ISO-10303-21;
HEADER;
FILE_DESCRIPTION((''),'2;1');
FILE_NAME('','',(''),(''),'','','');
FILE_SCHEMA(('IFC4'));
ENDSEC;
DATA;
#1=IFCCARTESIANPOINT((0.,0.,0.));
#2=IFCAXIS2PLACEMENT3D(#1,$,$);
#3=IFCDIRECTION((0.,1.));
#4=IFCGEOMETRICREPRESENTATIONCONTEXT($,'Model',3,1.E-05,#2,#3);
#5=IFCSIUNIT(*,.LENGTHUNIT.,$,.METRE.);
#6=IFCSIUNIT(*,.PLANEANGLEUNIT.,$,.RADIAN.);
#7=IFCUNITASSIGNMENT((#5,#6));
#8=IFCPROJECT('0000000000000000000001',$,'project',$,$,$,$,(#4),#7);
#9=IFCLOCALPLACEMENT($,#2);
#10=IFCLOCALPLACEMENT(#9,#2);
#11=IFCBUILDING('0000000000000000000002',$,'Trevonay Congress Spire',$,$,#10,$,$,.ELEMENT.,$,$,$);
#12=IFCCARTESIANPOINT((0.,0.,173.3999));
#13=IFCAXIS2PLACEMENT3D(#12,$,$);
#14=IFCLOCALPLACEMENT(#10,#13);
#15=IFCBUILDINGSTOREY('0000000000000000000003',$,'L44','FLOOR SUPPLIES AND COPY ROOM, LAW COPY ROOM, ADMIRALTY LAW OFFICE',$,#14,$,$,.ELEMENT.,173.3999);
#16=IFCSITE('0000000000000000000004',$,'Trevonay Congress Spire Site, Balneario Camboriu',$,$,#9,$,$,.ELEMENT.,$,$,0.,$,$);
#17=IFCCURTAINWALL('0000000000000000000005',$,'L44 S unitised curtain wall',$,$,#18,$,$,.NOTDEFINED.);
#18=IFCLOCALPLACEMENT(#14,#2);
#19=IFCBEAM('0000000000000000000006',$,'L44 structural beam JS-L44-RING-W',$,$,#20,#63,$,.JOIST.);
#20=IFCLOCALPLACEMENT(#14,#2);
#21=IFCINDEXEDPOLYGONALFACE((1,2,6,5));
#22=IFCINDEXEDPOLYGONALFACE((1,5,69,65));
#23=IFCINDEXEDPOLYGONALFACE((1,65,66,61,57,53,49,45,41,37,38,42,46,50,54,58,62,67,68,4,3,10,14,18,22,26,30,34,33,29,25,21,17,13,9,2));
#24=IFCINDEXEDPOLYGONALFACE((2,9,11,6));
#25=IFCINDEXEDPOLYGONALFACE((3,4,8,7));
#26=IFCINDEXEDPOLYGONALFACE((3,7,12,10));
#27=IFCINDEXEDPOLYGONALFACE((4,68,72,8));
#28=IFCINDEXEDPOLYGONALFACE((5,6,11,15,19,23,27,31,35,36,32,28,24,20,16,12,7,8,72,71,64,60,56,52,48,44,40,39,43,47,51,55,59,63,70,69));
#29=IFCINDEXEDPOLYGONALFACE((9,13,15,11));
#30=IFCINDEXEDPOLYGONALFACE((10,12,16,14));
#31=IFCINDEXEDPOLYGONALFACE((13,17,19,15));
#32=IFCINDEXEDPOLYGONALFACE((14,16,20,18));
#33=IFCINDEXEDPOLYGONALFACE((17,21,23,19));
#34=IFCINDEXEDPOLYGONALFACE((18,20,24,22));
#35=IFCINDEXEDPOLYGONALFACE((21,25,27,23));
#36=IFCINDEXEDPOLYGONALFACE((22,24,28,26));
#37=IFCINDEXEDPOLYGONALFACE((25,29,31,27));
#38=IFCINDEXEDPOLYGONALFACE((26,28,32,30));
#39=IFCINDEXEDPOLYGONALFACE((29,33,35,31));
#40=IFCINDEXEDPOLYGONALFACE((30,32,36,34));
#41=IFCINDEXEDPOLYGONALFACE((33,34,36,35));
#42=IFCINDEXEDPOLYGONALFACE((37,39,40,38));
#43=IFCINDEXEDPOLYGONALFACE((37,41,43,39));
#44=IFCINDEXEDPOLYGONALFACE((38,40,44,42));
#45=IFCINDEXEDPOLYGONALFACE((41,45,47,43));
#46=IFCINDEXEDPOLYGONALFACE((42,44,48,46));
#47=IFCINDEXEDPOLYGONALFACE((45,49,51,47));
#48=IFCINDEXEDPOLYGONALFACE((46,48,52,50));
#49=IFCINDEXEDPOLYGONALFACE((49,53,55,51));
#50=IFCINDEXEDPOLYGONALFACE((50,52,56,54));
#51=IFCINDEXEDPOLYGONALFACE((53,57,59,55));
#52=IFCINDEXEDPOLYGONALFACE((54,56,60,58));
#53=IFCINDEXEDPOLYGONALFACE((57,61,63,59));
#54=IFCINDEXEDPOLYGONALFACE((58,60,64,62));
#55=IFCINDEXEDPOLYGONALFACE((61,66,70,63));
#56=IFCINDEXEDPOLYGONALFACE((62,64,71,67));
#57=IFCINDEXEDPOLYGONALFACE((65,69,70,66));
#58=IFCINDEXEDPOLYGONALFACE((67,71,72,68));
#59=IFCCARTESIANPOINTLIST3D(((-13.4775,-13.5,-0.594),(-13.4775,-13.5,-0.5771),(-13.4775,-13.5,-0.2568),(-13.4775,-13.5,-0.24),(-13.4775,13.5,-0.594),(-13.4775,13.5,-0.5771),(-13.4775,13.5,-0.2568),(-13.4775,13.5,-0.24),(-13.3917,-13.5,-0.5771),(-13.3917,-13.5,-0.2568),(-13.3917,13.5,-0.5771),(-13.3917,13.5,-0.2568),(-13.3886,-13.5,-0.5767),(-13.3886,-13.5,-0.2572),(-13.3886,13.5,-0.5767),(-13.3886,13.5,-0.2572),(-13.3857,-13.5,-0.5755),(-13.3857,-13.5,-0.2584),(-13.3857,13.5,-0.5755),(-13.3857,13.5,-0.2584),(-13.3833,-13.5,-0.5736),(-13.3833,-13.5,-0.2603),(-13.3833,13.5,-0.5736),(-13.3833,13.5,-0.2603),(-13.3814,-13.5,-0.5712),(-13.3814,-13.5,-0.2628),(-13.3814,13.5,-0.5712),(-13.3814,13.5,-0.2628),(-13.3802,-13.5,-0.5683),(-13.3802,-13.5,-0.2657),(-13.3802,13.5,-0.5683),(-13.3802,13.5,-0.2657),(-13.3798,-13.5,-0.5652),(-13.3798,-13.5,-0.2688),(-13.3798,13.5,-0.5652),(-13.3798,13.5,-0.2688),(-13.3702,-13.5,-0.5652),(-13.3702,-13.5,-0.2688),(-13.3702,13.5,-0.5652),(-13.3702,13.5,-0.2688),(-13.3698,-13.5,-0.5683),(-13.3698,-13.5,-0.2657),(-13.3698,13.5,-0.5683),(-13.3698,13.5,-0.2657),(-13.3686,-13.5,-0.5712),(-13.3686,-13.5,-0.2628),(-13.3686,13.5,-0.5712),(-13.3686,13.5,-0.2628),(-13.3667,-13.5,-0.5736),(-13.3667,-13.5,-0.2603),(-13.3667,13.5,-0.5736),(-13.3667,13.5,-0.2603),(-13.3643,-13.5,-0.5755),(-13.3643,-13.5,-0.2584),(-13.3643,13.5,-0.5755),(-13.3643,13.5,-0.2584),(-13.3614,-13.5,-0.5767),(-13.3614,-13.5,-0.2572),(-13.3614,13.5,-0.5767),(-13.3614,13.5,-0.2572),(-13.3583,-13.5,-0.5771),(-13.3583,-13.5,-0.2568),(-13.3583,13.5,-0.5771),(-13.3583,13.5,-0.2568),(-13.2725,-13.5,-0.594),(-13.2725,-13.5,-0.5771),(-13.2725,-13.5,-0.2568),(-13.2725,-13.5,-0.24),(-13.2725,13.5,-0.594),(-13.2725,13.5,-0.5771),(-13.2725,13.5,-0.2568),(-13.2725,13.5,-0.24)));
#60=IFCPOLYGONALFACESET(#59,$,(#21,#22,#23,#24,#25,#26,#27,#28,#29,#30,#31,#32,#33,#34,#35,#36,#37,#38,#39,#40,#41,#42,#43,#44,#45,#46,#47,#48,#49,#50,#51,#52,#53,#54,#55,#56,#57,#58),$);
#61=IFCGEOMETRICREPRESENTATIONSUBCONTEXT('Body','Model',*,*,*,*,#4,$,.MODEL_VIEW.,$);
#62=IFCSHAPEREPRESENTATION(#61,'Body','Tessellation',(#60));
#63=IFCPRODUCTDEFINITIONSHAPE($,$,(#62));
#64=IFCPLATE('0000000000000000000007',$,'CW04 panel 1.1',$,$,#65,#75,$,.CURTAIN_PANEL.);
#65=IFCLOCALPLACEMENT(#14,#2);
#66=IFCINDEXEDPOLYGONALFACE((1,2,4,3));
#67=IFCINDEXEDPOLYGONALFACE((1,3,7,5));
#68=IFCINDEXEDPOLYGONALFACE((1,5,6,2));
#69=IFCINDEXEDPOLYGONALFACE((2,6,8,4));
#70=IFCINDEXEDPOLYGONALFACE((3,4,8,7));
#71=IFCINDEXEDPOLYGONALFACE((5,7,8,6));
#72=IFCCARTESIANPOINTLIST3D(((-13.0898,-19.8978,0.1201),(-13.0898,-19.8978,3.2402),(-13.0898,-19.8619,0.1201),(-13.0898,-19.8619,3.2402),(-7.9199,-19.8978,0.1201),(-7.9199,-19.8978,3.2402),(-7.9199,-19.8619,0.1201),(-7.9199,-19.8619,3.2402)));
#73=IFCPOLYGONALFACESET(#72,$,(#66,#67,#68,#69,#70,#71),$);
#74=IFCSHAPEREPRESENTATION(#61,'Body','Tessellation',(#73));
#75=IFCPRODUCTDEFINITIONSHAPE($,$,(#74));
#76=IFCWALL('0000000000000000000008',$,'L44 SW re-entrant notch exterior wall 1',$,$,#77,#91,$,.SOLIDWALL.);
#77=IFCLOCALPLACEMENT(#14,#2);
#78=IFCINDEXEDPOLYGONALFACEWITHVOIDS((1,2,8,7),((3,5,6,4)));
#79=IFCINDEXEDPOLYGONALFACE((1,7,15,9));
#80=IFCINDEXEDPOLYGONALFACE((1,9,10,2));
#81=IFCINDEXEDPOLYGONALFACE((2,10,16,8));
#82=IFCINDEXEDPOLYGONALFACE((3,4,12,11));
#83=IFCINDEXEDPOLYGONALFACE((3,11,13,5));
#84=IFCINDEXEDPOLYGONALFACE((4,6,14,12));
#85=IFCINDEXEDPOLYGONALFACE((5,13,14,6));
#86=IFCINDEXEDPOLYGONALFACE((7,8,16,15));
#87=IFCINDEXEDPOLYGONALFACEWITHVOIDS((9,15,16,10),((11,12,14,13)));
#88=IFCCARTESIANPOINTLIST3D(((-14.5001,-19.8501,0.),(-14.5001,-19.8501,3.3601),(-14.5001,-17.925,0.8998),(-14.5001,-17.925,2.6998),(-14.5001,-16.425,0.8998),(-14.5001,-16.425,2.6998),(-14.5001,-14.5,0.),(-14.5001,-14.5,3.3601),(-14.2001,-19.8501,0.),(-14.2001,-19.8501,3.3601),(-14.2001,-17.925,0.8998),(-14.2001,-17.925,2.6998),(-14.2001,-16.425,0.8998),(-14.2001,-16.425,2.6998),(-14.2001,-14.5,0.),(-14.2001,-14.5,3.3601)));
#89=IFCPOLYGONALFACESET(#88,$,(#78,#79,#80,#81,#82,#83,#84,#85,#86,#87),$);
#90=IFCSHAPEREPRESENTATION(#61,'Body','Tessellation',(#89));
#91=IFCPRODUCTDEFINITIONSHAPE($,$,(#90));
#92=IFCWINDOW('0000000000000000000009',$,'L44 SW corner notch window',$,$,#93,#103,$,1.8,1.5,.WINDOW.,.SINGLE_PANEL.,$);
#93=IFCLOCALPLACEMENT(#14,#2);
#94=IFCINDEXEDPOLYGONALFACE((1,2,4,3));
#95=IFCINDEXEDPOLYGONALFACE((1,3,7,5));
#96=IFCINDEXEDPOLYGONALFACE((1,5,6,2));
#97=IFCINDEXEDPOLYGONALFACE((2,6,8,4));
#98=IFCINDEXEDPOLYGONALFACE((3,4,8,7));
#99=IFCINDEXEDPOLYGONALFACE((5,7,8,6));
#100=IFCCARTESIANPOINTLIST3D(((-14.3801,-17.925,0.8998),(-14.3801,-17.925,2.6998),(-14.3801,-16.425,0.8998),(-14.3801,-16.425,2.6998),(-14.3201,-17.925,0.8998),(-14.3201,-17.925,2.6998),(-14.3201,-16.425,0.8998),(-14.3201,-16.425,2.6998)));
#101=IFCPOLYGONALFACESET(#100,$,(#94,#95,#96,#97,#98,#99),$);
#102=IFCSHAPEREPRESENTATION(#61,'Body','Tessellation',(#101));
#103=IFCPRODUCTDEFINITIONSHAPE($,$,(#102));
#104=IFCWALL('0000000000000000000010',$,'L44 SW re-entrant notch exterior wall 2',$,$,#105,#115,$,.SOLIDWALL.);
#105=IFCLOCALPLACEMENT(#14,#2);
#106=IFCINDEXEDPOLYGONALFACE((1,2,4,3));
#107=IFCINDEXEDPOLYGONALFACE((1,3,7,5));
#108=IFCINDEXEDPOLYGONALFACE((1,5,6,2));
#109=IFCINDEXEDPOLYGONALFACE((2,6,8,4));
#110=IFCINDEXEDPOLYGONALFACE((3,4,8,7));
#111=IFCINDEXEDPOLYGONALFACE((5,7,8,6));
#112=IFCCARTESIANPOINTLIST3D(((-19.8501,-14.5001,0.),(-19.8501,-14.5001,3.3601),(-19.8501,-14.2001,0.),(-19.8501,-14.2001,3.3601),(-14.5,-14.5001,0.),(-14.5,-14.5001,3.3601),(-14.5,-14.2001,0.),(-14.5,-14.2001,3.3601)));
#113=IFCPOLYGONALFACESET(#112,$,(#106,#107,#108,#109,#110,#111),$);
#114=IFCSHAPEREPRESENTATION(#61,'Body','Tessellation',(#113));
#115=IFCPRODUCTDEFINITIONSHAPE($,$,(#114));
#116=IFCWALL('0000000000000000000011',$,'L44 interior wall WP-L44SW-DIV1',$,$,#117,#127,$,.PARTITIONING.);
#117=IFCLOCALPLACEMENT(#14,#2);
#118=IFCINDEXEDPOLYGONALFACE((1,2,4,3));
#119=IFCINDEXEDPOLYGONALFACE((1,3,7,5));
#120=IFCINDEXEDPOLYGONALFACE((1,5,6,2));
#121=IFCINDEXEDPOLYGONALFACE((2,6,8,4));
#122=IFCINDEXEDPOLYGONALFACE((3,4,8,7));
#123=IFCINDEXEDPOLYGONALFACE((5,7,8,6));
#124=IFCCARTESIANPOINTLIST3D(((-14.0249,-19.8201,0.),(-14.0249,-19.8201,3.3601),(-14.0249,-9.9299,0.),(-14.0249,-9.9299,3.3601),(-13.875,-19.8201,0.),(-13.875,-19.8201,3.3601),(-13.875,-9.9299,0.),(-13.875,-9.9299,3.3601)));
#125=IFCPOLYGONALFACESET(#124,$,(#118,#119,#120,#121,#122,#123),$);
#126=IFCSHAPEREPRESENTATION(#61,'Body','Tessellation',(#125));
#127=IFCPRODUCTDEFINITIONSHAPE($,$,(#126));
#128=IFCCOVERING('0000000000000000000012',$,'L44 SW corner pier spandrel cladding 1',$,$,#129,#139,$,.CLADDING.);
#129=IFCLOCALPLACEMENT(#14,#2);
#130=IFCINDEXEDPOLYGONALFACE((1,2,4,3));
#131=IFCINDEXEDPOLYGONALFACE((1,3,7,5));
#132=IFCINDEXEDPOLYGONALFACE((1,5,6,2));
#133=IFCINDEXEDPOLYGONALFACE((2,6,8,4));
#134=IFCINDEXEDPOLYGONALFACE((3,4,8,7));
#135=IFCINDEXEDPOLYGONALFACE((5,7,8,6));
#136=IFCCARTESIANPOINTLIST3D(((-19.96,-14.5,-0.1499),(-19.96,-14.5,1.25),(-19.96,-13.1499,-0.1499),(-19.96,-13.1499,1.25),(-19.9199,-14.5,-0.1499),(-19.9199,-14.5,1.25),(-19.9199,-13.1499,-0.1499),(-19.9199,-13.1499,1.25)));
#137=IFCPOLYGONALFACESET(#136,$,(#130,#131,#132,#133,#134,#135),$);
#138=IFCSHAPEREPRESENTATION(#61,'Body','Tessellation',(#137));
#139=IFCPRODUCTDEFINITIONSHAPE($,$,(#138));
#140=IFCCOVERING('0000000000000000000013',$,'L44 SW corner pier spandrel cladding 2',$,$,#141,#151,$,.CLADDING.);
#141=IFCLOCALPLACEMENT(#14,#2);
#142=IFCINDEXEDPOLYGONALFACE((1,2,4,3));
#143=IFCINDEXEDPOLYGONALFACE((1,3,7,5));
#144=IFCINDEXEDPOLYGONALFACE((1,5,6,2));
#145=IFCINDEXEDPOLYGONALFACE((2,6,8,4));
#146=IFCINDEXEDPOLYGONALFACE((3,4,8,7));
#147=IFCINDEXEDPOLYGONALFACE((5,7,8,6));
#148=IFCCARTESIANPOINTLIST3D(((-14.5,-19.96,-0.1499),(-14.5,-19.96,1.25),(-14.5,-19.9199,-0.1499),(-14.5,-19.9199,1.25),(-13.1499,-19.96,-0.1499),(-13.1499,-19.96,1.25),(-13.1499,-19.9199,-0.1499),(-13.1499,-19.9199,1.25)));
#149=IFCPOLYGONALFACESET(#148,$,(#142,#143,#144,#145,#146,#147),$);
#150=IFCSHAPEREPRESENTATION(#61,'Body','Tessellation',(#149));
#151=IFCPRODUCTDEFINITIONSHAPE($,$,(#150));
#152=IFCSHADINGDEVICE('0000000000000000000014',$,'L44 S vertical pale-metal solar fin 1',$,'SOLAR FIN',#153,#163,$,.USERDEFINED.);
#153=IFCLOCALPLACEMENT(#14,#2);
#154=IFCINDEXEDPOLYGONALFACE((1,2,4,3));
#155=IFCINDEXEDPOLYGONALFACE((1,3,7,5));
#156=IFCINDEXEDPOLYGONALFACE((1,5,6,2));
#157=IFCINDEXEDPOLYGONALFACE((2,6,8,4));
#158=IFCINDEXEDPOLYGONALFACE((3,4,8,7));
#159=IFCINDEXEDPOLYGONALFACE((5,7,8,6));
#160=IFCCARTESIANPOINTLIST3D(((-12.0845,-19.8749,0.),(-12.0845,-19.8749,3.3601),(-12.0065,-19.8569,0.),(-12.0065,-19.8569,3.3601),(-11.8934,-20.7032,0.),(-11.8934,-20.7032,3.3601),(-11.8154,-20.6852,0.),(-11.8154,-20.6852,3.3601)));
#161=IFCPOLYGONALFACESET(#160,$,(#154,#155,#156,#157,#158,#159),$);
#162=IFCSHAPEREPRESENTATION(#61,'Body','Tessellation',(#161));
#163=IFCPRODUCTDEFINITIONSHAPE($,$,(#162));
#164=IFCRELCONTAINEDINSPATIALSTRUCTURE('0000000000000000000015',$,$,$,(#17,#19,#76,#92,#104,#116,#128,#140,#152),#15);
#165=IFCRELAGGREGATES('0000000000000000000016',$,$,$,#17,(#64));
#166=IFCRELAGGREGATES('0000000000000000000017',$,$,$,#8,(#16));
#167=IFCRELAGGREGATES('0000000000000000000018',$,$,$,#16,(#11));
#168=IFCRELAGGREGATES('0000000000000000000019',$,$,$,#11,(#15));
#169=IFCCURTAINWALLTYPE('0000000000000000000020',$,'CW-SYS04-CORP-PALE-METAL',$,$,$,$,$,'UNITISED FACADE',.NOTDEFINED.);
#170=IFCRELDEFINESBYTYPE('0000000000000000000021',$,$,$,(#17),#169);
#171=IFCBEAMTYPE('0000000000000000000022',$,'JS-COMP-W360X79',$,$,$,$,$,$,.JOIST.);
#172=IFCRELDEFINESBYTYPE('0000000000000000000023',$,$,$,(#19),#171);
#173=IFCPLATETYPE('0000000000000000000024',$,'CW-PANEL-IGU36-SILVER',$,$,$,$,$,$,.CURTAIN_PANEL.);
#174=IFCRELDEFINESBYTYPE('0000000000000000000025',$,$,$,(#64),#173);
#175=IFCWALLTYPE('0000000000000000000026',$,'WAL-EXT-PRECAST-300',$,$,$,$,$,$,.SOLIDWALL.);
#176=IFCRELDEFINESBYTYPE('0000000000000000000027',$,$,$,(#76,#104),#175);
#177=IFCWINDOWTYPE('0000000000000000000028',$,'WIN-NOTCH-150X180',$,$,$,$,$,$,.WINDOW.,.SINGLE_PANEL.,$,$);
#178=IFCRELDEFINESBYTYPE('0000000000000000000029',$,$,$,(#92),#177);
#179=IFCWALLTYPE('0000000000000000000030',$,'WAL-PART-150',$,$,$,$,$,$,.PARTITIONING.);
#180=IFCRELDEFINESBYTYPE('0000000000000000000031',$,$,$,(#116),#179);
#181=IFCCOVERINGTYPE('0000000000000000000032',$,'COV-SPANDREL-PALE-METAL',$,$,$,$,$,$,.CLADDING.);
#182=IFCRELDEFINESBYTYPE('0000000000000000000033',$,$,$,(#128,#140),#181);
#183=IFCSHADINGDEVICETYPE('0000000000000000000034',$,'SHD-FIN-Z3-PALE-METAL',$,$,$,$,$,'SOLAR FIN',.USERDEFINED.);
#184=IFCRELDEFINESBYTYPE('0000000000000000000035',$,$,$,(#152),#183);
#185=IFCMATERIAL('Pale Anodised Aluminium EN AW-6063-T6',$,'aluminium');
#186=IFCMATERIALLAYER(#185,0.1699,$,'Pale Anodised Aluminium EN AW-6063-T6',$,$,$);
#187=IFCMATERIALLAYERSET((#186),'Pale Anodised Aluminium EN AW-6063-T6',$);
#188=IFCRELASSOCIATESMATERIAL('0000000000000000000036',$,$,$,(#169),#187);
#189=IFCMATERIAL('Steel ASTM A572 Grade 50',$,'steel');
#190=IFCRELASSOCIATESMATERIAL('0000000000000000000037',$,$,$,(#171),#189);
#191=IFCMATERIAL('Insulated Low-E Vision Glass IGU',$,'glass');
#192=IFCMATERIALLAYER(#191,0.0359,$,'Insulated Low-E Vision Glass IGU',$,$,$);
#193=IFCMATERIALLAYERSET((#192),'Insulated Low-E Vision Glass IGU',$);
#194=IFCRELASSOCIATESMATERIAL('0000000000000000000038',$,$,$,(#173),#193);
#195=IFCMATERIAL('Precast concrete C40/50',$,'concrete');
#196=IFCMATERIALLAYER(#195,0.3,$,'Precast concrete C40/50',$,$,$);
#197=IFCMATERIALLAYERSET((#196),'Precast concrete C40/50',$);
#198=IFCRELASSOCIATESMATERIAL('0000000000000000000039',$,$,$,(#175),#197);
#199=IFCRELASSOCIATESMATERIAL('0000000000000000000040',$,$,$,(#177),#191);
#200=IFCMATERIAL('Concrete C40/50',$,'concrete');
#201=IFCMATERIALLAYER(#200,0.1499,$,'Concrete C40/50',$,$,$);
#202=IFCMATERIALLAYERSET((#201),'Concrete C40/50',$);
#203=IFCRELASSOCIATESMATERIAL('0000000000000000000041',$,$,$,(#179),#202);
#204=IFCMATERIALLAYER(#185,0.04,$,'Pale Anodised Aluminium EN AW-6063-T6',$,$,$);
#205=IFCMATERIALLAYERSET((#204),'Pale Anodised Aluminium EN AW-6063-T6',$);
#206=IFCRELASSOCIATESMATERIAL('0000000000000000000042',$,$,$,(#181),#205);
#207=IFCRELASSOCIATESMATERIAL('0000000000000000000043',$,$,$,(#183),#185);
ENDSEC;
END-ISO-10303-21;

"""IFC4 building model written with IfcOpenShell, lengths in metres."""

from ifc_helpers import new_model, si_unit, direction, frame, frame_2d, origin, origin_2d, place, context, subcontext, project, spatial, rectangle, i_section, extrude, material, layer, layer_set, material_profile, profile_set, type_object, element, fill, aggregate, save


model = new_model("IFC4")

# Units and contexts
model_context = context("Model", 3, precision=1e-05, world=origin(), true_north=direction((0.0, 1.0)))
body_context = subcontext(model_context, "Body", "Model", "MODEL_VIEW")
ifc_project = project(units=[si_unit("LENGTHUNIT", "METRE"), si_unit("PLANEANGLEUNIT", "RADIAN")], contexts=[model_context])

# Site, building, storey
site_placement = place(None, origin())
site = spatial("IfcSite", under=ifc_project, at=site_placement, Name="Trevonay Congress Spire Site, Balneario Camboriu", CompositionType="ELEMENT", RefElevation=0.0)
building_placement = place(site_placement, origin())
building = spatial("IfcBuilding", under=site, at=building_placement, Name="Trevonay Congress Spire", CompositionType="ELEMENT")
storey_placement = place(building_placement, frame((0.0, 0.0, 173.3999)))
storey = spatial("IfcBuildingStorey", under=building, at=storey_placement, Name="L44", Description="FLOOR SUPPLIES AND COPY ROOM, LAW COPY ROOM, ADMIRALTY LAW OFFICE", CompositionType="ELEMENT", Elevation=173.3999)

# Shared definitions
ifc_material_1 = material(Name="Steel ASTM A572 Grade 50", Category="steel")

# Curtain wall
ifc_material_2 = material(Name="Pale Anodised Aluminium EN AW-6063-T6", Category="aluminium")
ifc_layer_1 = layer(ifc_material_2, 0.1699, Name="Pale Anodised Aluminium EN AW-6063-T6")
ifc_layer_set_1 = layer_set([ifc_layer_1], Name="Pale Anodised Aluminium EN AW-6063-T6")
curtain_wall_type = type_object("IfcCurtainWallType", Name="CW-SYS04-CORP-PALE-METAL", ElementType="UNITISED FACADE", PredefinedType="NOTDEFINED", material=ifc_layer_set_1)
curtain_wall_1_placement = place(storey_placement, origin())
curtain_wall_1 = element("IfcCurtainWall", 1, at=curtain_wall_1_placement, inside=storey, type_object=curtain_wall_type, Name="L44 S unitised curtain wall", PredefinedType="NOTDEFINED")

# Beam
ifc_material_profile_1 = material_profile(ifc_material_1, i_section(OverallWidth=0.2051, OverallDepth=0.354, WebThickness=0.0095, FlangeThickness=0.0168, FilletRadius=0.012, at=origin_2d()), Name="W360x79")
ifc_profile_set_1 = profile_set([ifc_material_profile_1], Name="Steel ASTM A572 Grade 50")
beam_type_1 = type_object("IfcBeamType", Name="JS-COMP-W360X79", PredefinedType="JOIST", material=ifc_profile_set_1)
for number, where, z_axis, x_axis, name in (
    (2, (-13.375, -13.5, -0.417), (0.0, 1.0, 0.0), (-1.0, 0.0, 0.0), "L44 structural beam JS-L44-RING-W"),
):
    element("IfcBeam", number, at=place(storey_placement, frame(where, z_axis=z_axis, x_axis=x_axis)), inside=storey, type_object=beam_type_1, Name=name, PredefinedType="JOIST", context=body_context, shape_type="SweptSolid", body=[
        extrude(i_section(OverallWidth=0.2051, OverallDepth=0.354, WebThickness=0.0095, FlangeThickness=0.0168, FilletRadius=0.012, at=origin_2d()), origin(), (0.0, 0.0, 1.0), 27.0),
    ])

# Plate
ifc_material_3 = material(Name="Insulated Low-E Vision Glass IGU", Category="glass")
ifc_layer_2 = layer(ifc_material_3, 0.0359, Name="Insulated Low-E Vision Glass IGU")
ifc_layer_set_2 = layer_set([ifc_layer_2], Name="Insulated Low-E Vision Glass IGU")
plate_type = type_object("IfcPlateType", Name="CW-PANEL-IGU36-SILVER", PredefinedType="CURTAIN_PANEL", material=ifc_layer_set_2)
plate_placement = place(storey_placement, frame((-10.5049, -19.8799, 0.1201), z_axis=(0.0, 0.0, 1.0), x_axis=(1.0, 0.0, 0.0)))
plate = element("IfcPlate", 3, at=plate_placement, type_object=plate_type, Name="CW04 panel 1.1", PredefinedType="CURTAIN_PANEL", context=body_context, shape_type="SweptSolid", body=[
    extrude(rectangle(XDim=5.1699, YDim=0.0359, at=origin_2d()), origin(), (0.0, 0.0, 1.0), 3.1201),
])
aggregate(curtain_wall_1, [plate])

# Wall, opening, window
ifc_material_4 = material(Name="Precast concrete C40/50", Category="concrete")
ifc_layer_3 = layer(ifc_material_4, 0.3, Name="Precast concrete C40/50")
ifc_layer_set_3 = layer_set([ifc_layer_3], Name="Precast concrete C40/50")
wall_type_1 = type_object("IfcWallType", Name="WAL-EXT-PRECAST-300", PredefinedType="SOLIDWALL", material=ifc_layer_set_3)
wall_1_placement = place(storey_placement, frame((-14.3501, -19.8501, 0.0), z_axis=(0.0, 0.0, 1.0), x_axis=(0.0, 1.0, 0.0)))
wall_1 = element("IfcWall", 4, at=wall_1_placement, inside=storey, type_object=wall_type_1, Name="L44 SW re-entrant notch exterior wall 1", PredefinedType="SOLIDWALL", context=body_context, shape_type="SweptSolid", body=[
    extrude(rectangle(XDim=5.3501, YDim=0.3, at=frame_2d((2.675, 0.0))), origin(), (0.0, 0.0, 1.0), 3.3601),
])
opening_placement = place(wall_1_placement, frame((1.925, 0.0, 0.8999)))
opening = element("IfcOpeningElement", 5, at=opening_placement, cuts=wall_1, PredefinedType="OPENING", context=body_context, shape_type="SweptSolid", body=[
    extrude(rectangle(XDim=1.5, YDim=1.8, at=frame_2d((0.75, 0.8999))), frame((0.0, 0.1602, 0.0), z_axis=(0.0, -1.0, 0.0), x_axis=(1.0, 0.0, 0.0)), (0.0, 0.0, 1.0), 0.3201),
])
window_type = type_object("IfcWindowType", Name="WIN-NOTCH-150X180", PartitioningType="SINGLE_PANEL", PredefinedType="WINDOW", material=ifc_material_3)
window_placement = place(opening_placement, origin())
window = element("IfcWindow", 6, at=window_placement, inside=storey, type_object=window_type, Name="L44 SW corner notch window", OverallHeight=1.8, OverallWidth=1.5, PartitioningType="SINGLE_PANEL", PredefinedType="WINDOW", context=body_context, shape_type="SweptSolid", body=[
    extrude(rectangle(XDim=1.5, YDim=1.8, at=frame_2d((0.75, 0.8999))), frame((0.0, 0.03, 0.0), z_axis=(0.0, -1.0, 0.0), x_axis=(1.0, 0.0, 0.0)), (0.0, 0.0, 1.0), 0.0601),
])
fill(opening, window)

# Walls
wall_2_placement = place(storey_placement, frame((-19.8501, -14.3501, 0.0), z_axis=(0.0, 0.0, 1.0), x_axis=(1.0, 0.0, 0.0)))
element("IfcWall", 7, at=wall_2_placement, inside=storey, type_object=wall_type_1, Name="L44 SW re-entrant notch exterior wall 2", PredefinedType="SOLIDWALL", context=body_context, shape_type="SweptSolid", body=[
    extrude(rectangle(XDim=5.3501, YDim=0.3, at=frame_2d((2.675, 0.0))), origin(), (0.0, 0.0, 1.0), 3.3601),
])
ifc_material_5 = material(Name="Concrete C40/50", Category="concrete")
ifc_layer_4 = layer(ifc_material_5, 0.1499, Name="Concrete C40/50")
ifc_layer_set_4 = layer_set([ifc_layer_4], Name="Concrete C40/50")
wall_type_2 = type_object("IfcWallType", Name="WAL-PART-150", PredefinedType="PARTITIONING", material=ifc_layer_set_4)
wall_3_placement = place(storey_placement, frame((-13.95, -19.8201, 0.0), z_axis=(0.0, 0.0, 1.0), x_axis=(0.0, 1.0, 0.0)))
element("IfcWall", 8, at=wall_3_placement, inside=storey, type_object=wall_type_2, Name="L44 interior wall WP-L44SW-DIV1", PredefinedType="PARTITIONING", context=body_context, shape_type="SweptSolid", body=[
    extrude(rectangle(XDim=9.8901, YDim=0.1499, at=frame_2d((4.9451, 0.0))), origin(), (0.0, 0.0, 1.0), 3.3601),
])

# Coverings
ifc_layer_5 = layer(ifc_material_2, 0.04, Name="Pale Anodised Aluminium EN AW-6063-T6")
ifc_layer_set_5 = layer_set([ifc_layer_5], Name="Pale Anodised Aluminium EN AW-6063-T6")
covering_type = type_object("IfcCoveringType", Name="COV-SPANDREL-PALE-METAL", PredefinedType="CLADDING", material=ifc_layer_set_5)
for number, where, z_axis, x_axis, name in (
    (9, (-19.9399, -13.1499, -0.1499), (0.0, 0.0, 1.0), (0.0, -1.0, 0.0), "L44 SW corner pier spandrel cladding 1"),
    (10, (-13.1499, -19.9399, -0.1499), (0.0, 0.0, 1.0), (-1.0, 0.0, 0.0), "L44 SW corner pier spandrel cladding 2"),
):
    element("IfcCovering", number, at=place(storey_placement, frame(where, z_axis=z_axis, x_axis=x_axis)), inside=storey, type_object=covering_type, Name=name, PredefinedType="CLADDING", context=body_context, shape_type="SweptSolid", body=[
        extrude(rectangle(XDim=1.3501, YDim=0.04, at=frame_2d((0.675, 0.0))), origin(), (0.0, 0.0, 1.0), 1.3999),
    ])

# Shading device
shading_device_type = type_object("IfcShadingDeviceType", Name="SHD-FIN-Z3-PALE-METAL", ElementType="SOLAR FIN", PredefinedType="USERDEFINED", material=ifc_material_2)
shading_device_placement = place(storey_placement, frame((-11.95, -20.28, 0.0), z_axis=(0.0, 0.0, 1.0), x_axis=(0.974409, 0.224781, 0.0)))
element("IfcShadingDevice", 11, at=shading_device_placement, inside=storey, type_object=shading_device_type, Name="L44 S vertical pale-metal solar fin 1", ObjectType="SOLAR FIN", PredefinedType="USERDEFINED", context=body_context, shape_type="SweptSolid", body=[
    extrude(rectangle(XDim=0.0801, YDim=0.8501, at=origin_2d()), origin(), (0.0, 0.0, 1.0), 3.3601),
])

save(model, "model.ifc")
